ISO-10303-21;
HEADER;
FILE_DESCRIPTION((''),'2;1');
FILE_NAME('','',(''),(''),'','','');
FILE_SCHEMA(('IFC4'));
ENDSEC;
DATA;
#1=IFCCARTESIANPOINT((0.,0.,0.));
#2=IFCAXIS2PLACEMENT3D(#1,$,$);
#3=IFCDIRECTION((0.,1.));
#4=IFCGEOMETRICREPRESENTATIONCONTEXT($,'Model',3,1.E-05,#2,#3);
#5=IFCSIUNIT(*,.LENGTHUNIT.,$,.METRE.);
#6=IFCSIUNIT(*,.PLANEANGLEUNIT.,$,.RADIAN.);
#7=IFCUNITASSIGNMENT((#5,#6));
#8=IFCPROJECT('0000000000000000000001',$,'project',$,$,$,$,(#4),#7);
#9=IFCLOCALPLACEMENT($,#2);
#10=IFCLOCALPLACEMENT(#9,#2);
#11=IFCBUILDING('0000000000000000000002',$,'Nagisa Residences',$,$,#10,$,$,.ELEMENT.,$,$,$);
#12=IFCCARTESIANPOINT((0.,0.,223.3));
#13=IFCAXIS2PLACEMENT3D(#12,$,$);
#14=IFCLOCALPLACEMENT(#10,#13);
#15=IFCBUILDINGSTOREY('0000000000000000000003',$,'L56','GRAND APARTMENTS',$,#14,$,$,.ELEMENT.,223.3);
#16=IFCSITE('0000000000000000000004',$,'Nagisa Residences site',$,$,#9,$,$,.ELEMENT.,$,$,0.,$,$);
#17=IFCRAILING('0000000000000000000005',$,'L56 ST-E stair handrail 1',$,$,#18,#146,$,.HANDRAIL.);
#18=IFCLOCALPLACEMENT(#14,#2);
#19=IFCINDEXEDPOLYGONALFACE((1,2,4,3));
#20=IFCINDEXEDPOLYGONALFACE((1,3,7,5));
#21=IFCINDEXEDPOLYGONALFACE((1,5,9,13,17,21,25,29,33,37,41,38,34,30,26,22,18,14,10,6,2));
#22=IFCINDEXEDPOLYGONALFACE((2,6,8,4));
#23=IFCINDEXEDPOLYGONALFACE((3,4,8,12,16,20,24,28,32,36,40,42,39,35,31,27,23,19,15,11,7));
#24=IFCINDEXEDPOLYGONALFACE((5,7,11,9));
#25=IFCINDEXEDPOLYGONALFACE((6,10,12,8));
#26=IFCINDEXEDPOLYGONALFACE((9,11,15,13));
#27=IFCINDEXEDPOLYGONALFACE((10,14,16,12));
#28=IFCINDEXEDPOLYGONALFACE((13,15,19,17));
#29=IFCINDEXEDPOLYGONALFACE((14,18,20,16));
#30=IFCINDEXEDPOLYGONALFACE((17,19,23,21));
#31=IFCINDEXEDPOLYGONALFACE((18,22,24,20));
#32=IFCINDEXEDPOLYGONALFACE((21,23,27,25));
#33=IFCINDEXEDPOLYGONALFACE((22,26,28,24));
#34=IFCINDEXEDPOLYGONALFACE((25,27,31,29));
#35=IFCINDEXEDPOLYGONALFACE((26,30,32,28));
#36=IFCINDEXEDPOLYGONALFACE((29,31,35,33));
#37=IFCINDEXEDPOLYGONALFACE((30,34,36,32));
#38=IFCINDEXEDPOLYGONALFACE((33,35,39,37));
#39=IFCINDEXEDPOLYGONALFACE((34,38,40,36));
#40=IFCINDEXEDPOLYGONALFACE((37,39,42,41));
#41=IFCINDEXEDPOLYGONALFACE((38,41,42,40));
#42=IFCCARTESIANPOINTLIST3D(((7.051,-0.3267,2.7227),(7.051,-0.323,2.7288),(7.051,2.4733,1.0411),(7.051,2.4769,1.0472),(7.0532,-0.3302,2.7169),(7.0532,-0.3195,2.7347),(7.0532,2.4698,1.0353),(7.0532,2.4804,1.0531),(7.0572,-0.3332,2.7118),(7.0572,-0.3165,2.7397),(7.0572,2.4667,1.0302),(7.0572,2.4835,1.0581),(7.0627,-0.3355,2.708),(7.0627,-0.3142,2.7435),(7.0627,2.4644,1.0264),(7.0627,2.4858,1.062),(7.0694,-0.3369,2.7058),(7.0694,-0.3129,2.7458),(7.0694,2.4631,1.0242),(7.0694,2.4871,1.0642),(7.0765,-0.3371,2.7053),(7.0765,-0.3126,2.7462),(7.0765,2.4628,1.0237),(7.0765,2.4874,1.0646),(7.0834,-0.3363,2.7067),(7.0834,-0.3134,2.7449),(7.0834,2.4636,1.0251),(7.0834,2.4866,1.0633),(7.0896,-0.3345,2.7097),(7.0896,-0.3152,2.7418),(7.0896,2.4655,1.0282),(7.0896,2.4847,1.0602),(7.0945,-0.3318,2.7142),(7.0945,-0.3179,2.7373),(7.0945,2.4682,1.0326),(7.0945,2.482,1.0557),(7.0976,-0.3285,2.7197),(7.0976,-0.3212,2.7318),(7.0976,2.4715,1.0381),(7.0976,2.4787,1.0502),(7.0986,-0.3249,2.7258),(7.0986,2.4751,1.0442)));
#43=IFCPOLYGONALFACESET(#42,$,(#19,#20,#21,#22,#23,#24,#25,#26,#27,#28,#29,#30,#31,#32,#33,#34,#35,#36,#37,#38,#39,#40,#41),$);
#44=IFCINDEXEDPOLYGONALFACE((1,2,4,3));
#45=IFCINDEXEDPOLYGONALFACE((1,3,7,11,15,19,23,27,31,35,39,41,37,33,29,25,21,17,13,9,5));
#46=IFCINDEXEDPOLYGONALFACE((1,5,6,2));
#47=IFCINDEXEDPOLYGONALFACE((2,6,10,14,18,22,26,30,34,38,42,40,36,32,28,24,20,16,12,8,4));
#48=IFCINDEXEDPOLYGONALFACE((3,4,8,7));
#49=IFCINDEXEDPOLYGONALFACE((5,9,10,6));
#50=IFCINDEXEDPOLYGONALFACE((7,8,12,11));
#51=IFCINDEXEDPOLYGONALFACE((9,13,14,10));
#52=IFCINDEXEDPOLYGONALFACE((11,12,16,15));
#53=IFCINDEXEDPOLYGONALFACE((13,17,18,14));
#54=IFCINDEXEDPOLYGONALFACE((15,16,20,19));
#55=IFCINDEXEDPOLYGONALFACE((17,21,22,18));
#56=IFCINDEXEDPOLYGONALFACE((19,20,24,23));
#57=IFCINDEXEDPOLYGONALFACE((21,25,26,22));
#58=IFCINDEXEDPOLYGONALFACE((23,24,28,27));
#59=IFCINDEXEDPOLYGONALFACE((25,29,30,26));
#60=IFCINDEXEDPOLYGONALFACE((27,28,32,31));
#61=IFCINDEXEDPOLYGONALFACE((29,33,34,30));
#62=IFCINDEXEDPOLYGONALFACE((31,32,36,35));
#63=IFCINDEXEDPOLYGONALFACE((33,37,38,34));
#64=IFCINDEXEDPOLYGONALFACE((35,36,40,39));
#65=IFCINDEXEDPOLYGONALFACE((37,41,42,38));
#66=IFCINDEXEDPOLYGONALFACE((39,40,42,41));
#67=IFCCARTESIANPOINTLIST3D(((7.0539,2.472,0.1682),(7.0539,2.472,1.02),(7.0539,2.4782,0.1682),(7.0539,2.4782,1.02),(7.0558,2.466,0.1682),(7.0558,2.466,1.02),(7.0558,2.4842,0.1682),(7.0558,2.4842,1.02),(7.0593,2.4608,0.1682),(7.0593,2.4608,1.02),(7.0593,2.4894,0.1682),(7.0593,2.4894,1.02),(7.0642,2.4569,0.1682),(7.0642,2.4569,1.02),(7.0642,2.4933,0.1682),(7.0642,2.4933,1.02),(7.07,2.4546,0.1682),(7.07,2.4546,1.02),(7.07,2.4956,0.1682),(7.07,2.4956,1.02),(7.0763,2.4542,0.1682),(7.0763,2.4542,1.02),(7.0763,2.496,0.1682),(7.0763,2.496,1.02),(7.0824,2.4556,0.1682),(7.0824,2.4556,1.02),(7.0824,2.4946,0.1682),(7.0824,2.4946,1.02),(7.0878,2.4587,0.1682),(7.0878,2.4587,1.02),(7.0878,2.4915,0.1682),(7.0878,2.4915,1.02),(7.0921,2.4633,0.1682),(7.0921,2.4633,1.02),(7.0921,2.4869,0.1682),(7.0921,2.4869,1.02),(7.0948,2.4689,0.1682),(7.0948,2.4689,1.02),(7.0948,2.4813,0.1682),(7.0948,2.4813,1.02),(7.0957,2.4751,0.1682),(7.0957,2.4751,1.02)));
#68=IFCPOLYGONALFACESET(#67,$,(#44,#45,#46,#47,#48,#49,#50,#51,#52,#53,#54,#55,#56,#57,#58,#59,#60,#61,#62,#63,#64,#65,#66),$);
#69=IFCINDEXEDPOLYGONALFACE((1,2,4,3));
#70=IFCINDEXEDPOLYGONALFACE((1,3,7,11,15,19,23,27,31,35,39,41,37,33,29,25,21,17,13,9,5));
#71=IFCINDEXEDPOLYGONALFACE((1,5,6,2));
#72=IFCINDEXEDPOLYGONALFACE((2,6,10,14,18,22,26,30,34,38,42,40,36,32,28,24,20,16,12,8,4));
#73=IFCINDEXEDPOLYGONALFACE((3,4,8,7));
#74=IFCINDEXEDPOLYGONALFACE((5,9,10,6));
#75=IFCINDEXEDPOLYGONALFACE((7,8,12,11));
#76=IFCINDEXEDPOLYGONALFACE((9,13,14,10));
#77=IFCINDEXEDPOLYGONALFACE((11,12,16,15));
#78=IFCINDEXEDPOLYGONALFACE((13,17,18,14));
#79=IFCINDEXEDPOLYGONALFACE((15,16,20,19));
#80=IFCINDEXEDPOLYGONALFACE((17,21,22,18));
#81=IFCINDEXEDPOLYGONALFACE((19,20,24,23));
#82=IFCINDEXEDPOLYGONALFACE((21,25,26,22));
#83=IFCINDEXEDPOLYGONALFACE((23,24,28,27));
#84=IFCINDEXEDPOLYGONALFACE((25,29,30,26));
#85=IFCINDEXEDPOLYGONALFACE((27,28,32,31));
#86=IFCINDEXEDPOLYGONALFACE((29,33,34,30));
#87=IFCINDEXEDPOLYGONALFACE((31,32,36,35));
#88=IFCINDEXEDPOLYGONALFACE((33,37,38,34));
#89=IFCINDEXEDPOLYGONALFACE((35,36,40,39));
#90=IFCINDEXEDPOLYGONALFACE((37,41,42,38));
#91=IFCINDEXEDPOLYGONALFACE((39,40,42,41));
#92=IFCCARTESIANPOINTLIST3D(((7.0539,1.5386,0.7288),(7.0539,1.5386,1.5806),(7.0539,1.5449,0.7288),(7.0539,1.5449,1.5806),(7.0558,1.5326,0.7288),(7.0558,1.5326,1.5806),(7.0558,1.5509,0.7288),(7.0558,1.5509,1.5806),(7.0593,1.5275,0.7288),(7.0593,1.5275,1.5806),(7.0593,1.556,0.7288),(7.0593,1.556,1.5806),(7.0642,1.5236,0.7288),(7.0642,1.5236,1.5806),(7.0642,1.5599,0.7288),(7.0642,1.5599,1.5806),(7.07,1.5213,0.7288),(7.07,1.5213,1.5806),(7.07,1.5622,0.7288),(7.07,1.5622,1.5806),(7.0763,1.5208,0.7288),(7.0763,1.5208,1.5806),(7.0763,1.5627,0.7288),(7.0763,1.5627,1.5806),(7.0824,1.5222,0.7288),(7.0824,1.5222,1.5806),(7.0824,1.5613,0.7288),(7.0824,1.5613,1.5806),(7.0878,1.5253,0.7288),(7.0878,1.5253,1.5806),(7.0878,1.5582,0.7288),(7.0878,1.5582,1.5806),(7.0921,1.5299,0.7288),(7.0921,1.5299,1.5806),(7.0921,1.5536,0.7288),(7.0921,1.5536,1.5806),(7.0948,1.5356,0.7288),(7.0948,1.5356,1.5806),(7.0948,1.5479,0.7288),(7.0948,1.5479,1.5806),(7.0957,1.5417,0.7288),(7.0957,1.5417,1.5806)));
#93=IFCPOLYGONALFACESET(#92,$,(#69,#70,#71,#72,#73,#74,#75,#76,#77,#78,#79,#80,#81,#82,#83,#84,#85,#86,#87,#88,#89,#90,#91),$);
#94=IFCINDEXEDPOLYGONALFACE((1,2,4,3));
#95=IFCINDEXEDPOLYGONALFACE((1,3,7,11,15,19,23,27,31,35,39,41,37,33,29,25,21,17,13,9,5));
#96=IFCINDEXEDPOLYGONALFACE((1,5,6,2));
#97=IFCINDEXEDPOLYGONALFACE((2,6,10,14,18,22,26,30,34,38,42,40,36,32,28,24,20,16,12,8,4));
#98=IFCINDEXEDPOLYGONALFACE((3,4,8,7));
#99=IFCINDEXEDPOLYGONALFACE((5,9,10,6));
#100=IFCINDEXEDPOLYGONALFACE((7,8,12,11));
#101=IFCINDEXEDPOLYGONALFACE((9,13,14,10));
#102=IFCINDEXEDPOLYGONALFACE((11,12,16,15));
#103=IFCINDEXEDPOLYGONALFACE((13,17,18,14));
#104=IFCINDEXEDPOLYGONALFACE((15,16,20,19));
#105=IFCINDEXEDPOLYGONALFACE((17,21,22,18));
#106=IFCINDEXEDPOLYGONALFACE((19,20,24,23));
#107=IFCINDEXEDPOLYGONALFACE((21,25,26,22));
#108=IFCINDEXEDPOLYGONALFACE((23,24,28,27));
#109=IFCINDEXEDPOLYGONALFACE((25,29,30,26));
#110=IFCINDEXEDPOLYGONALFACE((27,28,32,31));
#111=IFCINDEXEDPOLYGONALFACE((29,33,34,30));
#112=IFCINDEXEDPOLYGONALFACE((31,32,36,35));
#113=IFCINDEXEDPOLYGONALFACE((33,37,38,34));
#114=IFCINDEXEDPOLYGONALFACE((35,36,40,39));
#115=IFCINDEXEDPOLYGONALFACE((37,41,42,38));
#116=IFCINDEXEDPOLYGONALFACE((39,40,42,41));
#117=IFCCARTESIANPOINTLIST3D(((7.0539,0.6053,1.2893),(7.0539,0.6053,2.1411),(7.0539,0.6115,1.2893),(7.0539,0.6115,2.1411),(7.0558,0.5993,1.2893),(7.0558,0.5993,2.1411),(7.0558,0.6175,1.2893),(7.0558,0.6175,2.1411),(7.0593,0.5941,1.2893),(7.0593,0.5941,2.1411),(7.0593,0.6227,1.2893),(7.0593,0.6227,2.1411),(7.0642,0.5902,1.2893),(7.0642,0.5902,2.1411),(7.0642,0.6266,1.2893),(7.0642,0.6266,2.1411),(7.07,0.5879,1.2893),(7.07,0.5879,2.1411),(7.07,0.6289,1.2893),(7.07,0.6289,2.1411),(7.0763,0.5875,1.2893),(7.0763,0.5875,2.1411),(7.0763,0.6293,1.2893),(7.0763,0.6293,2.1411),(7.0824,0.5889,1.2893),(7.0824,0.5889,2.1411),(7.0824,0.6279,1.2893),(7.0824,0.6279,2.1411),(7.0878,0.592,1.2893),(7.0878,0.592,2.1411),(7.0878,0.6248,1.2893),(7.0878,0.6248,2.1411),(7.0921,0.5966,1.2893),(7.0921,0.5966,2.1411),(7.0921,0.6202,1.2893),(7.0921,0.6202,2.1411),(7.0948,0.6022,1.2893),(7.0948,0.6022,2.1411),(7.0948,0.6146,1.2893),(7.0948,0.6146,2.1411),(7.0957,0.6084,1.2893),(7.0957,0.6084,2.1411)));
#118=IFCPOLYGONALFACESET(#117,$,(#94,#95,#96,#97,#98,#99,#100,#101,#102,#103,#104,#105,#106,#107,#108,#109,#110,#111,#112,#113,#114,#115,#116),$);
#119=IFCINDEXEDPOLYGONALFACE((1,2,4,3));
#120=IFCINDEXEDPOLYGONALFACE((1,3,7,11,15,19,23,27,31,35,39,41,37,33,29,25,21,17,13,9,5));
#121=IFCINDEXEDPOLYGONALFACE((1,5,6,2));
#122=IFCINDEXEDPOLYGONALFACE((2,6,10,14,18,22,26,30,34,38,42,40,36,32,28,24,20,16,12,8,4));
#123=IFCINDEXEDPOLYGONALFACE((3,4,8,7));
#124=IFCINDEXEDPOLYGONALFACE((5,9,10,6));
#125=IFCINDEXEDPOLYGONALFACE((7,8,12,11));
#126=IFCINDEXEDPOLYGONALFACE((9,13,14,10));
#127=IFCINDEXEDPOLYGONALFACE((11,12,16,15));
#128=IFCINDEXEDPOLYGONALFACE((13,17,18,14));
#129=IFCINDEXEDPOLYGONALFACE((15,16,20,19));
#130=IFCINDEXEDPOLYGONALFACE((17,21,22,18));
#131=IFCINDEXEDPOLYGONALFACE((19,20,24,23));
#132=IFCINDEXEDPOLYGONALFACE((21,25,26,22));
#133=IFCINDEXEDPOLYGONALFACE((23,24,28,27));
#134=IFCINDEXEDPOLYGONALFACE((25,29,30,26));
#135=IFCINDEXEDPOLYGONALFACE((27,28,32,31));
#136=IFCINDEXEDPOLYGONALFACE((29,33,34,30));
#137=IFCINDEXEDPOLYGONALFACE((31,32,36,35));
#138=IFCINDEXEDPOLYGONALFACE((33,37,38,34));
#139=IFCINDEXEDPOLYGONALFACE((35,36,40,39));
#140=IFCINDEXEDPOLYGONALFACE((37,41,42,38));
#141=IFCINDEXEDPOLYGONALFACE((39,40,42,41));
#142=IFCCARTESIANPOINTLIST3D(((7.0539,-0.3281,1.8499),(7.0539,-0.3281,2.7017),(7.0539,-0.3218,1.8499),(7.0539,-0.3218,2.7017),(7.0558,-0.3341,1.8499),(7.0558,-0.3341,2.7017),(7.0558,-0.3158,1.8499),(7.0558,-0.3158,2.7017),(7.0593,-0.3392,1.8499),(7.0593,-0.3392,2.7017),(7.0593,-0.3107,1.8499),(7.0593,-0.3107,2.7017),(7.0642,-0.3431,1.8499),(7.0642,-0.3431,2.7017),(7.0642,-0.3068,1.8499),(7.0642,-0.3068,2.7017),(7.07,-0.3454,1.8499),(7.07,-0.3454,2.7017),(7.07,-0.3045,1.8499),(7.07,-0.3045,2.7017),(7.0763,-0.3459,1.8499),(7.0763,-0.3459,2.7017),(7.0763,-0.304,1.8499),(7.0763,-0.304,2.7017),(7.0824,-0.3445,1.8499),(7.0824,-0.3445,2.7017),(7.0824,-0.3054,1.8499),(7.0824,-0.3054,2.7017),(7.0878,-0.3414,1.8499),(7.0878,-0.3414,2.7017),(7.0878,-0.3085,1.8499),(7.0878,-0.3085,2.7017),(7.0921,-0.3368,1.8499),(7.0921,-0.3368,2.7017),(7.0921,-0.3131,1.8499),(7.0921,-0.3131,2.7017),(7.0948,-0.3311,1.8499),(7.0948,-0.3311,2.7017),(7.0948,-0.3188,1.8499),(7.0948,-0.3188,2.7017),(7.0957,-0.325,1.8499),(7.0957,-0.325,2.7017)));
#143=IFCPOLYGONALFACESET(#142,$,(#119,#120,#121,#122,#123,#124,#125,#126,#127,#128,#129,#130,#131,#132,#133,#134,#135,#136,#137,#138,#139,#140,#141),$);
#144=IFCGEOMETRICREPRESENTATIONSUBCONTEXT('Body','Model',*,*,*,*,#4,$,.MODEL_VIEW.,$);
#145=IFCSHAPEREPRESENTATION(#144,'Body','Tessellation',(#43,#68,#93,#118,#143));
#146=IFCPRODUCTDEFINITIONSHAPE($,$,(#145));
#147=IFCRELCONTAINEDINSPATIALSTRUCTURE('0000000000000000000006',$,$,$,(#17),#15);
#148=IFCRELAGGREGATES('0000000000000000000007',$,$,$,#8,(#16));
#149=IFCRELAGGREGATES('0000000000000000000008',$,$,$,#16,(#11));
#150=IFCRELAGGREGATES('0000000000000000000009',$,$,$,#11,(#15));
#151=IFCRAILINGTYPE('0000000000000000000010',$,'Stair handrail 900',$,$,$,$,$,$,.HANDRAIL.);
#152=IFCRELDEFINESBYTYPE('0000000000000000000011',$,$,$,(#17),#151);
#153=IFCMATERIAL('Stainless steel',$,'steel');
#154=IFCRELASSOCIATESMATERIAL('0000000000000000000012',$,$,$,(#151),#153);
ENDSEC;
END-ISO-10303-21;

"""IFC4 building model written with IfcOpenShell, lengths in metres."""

from ifc_helpers import new_model, si_unit, direction, frame, origin, origin_2d, place, context, subcontext, project, spatial, circle, extrude, material, type_object, element, save


model = new_model("IFC4")

# Units and contexts
model_context = context("Model", 3, precision=1e-05, world=origin(), true_north=direction((0.0, 1.0)))
body_context = subcontext(model_context, "Body", "Model", "MODEL_VIEW")
ifc_project = project(units=[si_unit("LENGTHUNIT", "METRE"), si_unit("PLANEANGLEUNIT", "RADIAN")], contexts=[model_context])

# Site, building, storey
site_placement = place(None, origin())
site = spatial("IfcSite", under=ifc_project, at=site_placement, Name="Nagisa Residences site", CompositionType="ELEMENT", RefElevation=0.0)
building_placement = place(site_placement, origin())
building = spatial("IfcBuilding", under=site, at=building_placement, Name="Nagisa Residences", CompositionType="ELEMENT")
storey_placement = place(building_placement, frame((0.0, 0.0, 223.3)))
storey = spatial("IfcBuildingStorey", under=building, at=storey_placement, Name="L56", Description="GRAND APARTMENTS", CompositionType="ELEMENT", Elevation=223.3)

# Railing
ifc_material_1 = material(Name="Stainless steel", Category="steel")
railing_type_1 = type_object("IfcRailingType", Name="Stair handrail 900", PredefinedType="HANDRAIL", material=ifc_material_1)
railing_1_placement = place(storey_placement, frame((7.0747, 2.4751, 0.1682)))
element("IfcRailing", 1, at=railing_1_placement, inside=storey, type_object=railing_type_1, Name="L56 ST-E stair handrail 1", PredefinedType="HANDRAIL", context=body_context, shape_type="SweptSolid", body=[
    extrude(circle(Radius=0.0239, at=origin_2d()), frame((0.0, 0.0, 0.876), z_axis=(0.0, -0.857275, 0.514858), x_axis=(1.0, 0.0, 0.0)), (0.0, 0.0, 1.0), 3.2661),
    extrude(circle(Radius=0.021, at=origin_2d()), origin(), (0.0, 0.0, 1.0), 0.8518),
    extrude(circle(Radius=0.021, at=origin_2d()), frame((0.0, -0.9333, 0.5605)), (0.0, 0.0, 1.0), 0.8518),
    extrude(circle(Radius=0.021, at=origin_2d()), frame((0.0, -1.8667, 1.1211)), (0.0, 0.0, 1.0), 0.8518),
    extrude(circle(Radius=0.021, at=origin_2d()), frame((0.0, -2.8, 1.6816)), (0.0, 0.0, 1.0), 0.8518),
])

save(model, "model.ifc")
